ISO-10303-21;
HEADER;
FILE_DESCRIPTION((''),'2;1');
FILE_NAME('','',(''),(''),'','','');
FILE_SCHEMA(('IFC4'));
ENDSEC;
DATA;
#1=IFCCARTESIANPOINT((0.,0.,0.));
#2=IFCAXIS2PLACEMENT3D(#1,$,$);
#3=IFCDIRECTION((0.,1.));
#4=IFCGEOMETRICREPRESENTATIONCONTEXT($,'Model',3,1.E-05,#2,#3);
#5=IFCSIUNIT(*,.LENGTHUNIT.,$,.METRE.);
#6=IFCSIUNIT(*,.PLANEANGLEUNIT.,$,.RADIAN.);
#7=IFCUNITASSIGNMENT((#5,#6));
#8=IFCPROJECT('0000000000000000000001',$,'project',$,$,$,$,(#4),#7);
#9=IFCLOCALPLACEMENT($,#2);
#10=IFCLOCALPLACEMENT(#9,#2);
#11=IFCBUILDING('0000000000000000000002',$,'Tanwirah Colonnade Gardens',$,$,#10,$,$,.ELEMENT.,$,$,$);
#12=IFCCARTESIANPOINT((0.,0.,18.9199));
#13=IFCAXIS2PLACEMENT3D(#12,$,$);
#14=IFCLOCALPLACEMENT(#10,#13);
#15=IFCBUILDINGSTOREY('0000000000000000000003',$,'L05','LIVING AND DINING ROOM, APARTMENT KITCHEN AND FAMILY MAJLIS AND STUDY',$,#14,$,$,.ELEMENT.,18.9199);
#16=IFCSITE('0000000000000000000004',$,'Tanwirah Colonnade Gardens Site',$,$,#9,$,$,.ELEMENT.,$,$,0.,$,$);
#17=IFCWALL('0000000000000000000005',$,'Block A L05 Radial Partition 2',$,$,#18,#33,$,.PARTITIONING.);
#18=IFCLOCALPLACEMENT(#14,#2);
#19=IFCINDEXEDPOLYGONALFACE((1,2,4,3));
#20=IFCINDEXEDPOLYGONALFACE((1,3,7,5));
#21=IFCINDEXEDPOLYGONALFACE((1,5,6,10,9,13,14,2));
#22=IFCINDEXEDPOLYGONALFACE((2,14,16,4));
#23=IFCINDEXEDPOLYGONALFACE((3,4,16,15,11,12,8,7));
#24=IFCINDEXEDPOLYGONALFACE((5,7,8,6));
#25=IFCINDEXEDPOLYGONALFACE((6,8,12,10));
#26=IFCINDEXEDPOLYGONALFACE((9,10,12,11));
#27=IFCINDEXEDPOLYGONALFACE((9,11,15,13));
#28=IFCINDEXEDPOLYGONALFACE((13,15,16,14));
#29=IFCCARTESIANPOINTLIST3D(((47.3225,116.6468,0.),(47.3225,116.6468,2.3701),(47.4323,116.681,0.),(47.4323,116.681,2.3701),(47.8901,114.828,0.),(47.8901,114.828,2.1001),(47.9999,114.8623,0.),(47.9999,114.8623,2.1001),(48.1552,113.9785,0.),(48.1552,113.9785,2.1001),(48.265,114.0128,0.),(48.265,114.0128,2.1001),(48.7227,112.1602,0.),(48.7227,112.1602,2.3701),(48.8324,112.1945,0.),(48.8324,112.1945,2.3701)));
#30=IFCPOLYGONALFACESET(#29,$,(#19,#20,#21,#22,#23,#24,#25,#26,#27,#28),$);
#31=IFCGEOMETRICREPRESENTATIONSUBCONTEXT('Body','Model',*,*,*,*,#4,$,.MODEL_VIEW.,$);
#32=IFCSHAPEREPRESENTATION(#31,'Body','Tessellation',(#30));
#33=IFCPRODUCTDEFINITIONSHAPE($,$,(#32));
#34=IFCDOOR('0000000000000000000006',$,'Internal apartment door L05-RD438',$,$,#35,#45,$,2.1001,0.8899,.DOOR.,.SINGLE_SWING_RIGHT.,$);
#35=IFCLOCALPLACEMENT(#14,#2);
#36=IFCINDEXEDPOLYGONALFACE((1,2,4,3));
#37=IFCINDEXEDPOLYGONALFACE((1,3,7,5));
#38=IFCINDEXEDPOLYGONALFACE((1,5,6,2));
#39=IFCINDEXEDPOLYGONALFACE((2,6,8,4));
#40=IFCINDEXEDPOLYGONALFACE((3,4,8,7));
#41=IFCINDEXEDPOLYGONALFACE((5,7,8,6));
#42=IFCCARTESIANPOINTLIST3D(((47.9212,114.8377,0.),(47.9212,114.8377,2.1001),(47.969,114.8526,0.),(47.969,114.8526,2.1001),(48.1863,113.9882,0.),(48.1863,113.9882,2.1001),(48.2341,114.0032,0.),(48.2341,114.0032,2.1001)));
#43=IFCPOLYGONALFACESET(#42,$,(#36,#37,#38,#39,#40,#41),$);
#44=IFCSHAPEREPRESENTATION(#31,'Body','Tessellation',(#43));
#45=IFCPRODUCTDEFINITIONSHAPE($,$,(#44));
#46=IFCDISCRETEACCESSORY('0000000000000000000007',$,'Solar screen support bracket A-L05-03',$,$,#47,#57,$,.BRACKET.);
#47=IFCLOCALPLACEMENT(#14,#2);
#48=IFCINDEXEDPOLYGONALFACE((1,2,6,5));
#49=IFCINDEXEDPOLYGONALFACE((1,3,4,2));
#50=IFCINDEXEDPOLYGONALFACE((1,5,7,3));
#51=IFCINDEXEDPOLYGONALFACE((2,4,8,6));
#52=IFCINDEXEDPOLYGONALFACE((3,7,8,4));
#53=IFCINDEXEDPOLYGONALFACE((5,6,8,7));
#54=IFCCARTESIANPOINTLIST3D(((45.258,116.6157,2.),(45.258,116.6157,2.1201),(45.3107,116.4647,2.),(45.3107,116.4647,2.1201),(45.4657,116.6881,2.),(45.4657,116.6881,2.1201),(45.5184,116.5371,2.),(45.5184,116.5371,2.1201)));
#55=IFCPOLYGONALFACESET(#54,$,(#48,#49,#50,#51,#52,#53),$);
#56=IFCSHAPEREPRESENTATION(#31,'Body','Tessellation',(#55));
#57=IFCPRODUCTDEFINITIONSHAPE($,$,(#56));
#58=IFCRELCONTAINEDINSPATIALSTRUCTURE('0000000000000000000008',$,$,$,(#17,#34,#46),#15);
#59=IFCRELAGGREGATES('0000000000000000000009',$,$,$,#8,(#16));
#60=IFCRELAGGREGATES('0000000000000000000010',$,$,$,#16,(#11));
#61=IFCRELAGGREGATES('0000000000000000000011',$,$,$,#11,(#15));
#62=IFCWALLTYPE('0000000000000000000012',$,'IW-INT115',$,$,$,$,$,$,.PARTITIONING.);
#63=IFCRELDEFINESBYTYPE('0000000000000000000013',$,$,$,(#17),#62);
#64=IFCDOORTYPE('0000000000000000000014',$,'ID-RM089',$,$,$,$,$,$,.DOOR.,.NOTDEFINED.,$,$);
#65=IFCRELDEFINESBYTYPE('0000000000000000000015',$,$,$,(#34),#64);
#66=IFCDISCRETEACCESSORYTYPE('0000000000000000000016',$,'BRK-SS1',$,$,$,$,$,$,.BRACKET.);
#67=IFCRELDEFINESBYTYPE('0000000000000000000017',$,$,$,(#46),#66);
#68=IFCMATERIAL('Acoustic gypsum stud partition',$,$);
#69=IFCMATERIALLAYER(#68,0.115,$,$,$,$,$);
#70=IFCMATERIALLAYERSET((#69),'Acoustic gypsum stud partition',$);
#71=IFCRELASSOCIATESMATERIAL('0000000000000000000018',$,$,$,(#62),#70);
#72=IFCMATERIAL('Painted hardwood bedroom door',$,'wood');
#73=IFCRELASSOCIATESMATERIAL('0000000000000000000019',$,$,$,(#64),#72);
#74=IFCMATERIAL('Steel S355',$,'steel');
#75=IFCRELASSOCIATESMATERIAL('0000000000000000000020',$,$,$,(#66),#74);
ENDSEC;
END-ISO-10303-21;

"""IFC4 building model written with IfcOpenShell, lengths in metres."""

from ifc_helpers import new_model, si_unit, direction, frame, frame_2d, origin, origin_2d, place, context, subcontext, project, spatial, rectangle, extrude, material, layer, layer_set, type_object, element, fill, save


model = new_model("IFC4")

# Units and contexts
model_context = context("Model", 3, precision=1e-05, world=origin(), true_north=direction((0.0, 1.0)))
body_context = subcontext(model_context, "Body", "Model", "MODEL_VIEW")
ifc_project = project(units=[si_unit("LENGTHUNIT", "METRE"), si_unit("PLANEANGLEUNIT", "RADIAN")], contexts=[model_context])

# Site, building, storey
site_placement = place(None, origin())
site = spatial("IfcSite", under=ifc_project, at=site_placement, Name="Tanwirah Colonnade Gardens Site", CompositionType="ELEMENT", RefElevation=0.0)
building_placement = place(site_placement, origin())
building = spatial("IfcBuilding", under=site, at=building_placement, Name="Tanwirah Colonnade Gardens", CompositionType="ELEMENT")
storey_placement = place(building_placement, frame((0.0, 0.0, 18.9199)))
storey = spatial("IfcBuildingStorey", under=building, at=storey_placement, Name="L05", Description="LIVING AND DINING ROOM, APARTMENT KITCHEN AND FAMILY MAJLIS AND STUDY", CompositionType="ELEMENT", Elevation=18.9199)

# Wall, opening, door
ifc_material_1 = material(Name="Acoustic gypsum stud partition")
ifc_layer_1 = layer(ifc_material_1, 0.115)
ifc_layer_set_1 = layer_set([ifc_layer_1], Name="Acoustic gypsum stud partition")
wall_type_1 = type_object("IfcWallType", Name="IW-INT115", PredefinedType="PARTITIONING", material=ifc_layer_set_1)
wall_1_placement = place(storey_placement, frame((48.7776, 112.1772, 0.0), z_axis=(0.0, 0.0, 1.0), x_axis=(-0.297905, 0.954595, 0.0)))
wall_1 = element("IfcWall", 1, at=wall_1_placement, inside=storey, type_object=wall_type_1, Name="Block A L05 Radial Partition 2", PredefinedType="PARTITIONING", context=body_context, shape_type="SweptSolid", body=[
    extrude(rectangle(XDim=4.7, YDim=0.115, at=frame_2d((2.3501, 0.0))), origin(), (0.0, 0.0, 1.0), 2.3701),
])
opening_1_placement = place(wall_1_placement, frame((1.905, 0.0, 0.0)))
opening_1 = element("IfcOpeningElement", 2, at=opening_1_placement, cuts=wall_1, PredefinedType="OPENING", context=body_context, shape_type="SweptSolid", body=[
    extrude(rectangle(XDim=0.8899, YDim=2.1001, at=frame_2d((0.4448, 1.05))), frame((0.0, 0.0674, 0.0), z_axis=(0.0, -1.0, 0.0), x_axis=(1.0, 0.0, 0.0)), (0.0, 0.0, 1.0), 0.135),
])
ifc_material_2 = material(Name="Painted hardwood bedroom door", Category="wood")
door_type_1 = type_object("IfcDoorType", Name="ID-RM089", OperationType="NOTDEFINED", PredefinedType="DOOR", material=ifc_material_2)
door_1_placement = place(opening_1_placement, origin())
door_1 = element("IfcDoor", 3, at=door_1_placement, inside=storey, type_object=door_type_1, Name="Internal apartment door L05-RD438", OperationType="SINGLE_SWING_RIGHT", OverallHeight=2.1001, OverallWidth=0.8899, PredefinedType="DOOR", context=body_context, shape_type="SweptSolid", body=[
    extrude(rectangle(XDim=0.8899, YDim=2.1001, at=frame_2d((0.4448, 1.05))), frame((0.0, 0.0249, 0.0), z_axis=(0.0, -1.0, 0.0), x_axis=(1.0, 0.0, 0.0)), (0.0, 0.0, 1.0), 0.05),
])
fill(opening_1, door_1)

# Discrete accessory
ifc_material_3 = material(Name="Steel S355", Category="steel")
discrete_accessory_type = type_object("IfcDiscreteAccessoryType", Name="BRK-SS1", PredefinedType="BRACKET", material=ifc_material_3)
discrete_accessory_placement = place(storey_placement, frame((45.3882, 116.5764, 2.0), z_axis=(0.0, 0.0, 1.0), x_axis=(-0.944249, -0.329233, 0.0)))
element("IfcDiscreteAccessory", 4, at=discrete_accessory_placement, inside=storey, type_object=discrete_accessory_type, Name="Solar screen support bracket A-L05-03", PredefinedType="BRACKET", context=body_context, shape_type="SweptSolid", body=[
    extrude(rectangle(XDim=0.22, YDim=0.1599, at=origin_2d()), origin(), (0.0, 0.0, 1.0), 0.1201),
])

save(model, "model.ifc")
